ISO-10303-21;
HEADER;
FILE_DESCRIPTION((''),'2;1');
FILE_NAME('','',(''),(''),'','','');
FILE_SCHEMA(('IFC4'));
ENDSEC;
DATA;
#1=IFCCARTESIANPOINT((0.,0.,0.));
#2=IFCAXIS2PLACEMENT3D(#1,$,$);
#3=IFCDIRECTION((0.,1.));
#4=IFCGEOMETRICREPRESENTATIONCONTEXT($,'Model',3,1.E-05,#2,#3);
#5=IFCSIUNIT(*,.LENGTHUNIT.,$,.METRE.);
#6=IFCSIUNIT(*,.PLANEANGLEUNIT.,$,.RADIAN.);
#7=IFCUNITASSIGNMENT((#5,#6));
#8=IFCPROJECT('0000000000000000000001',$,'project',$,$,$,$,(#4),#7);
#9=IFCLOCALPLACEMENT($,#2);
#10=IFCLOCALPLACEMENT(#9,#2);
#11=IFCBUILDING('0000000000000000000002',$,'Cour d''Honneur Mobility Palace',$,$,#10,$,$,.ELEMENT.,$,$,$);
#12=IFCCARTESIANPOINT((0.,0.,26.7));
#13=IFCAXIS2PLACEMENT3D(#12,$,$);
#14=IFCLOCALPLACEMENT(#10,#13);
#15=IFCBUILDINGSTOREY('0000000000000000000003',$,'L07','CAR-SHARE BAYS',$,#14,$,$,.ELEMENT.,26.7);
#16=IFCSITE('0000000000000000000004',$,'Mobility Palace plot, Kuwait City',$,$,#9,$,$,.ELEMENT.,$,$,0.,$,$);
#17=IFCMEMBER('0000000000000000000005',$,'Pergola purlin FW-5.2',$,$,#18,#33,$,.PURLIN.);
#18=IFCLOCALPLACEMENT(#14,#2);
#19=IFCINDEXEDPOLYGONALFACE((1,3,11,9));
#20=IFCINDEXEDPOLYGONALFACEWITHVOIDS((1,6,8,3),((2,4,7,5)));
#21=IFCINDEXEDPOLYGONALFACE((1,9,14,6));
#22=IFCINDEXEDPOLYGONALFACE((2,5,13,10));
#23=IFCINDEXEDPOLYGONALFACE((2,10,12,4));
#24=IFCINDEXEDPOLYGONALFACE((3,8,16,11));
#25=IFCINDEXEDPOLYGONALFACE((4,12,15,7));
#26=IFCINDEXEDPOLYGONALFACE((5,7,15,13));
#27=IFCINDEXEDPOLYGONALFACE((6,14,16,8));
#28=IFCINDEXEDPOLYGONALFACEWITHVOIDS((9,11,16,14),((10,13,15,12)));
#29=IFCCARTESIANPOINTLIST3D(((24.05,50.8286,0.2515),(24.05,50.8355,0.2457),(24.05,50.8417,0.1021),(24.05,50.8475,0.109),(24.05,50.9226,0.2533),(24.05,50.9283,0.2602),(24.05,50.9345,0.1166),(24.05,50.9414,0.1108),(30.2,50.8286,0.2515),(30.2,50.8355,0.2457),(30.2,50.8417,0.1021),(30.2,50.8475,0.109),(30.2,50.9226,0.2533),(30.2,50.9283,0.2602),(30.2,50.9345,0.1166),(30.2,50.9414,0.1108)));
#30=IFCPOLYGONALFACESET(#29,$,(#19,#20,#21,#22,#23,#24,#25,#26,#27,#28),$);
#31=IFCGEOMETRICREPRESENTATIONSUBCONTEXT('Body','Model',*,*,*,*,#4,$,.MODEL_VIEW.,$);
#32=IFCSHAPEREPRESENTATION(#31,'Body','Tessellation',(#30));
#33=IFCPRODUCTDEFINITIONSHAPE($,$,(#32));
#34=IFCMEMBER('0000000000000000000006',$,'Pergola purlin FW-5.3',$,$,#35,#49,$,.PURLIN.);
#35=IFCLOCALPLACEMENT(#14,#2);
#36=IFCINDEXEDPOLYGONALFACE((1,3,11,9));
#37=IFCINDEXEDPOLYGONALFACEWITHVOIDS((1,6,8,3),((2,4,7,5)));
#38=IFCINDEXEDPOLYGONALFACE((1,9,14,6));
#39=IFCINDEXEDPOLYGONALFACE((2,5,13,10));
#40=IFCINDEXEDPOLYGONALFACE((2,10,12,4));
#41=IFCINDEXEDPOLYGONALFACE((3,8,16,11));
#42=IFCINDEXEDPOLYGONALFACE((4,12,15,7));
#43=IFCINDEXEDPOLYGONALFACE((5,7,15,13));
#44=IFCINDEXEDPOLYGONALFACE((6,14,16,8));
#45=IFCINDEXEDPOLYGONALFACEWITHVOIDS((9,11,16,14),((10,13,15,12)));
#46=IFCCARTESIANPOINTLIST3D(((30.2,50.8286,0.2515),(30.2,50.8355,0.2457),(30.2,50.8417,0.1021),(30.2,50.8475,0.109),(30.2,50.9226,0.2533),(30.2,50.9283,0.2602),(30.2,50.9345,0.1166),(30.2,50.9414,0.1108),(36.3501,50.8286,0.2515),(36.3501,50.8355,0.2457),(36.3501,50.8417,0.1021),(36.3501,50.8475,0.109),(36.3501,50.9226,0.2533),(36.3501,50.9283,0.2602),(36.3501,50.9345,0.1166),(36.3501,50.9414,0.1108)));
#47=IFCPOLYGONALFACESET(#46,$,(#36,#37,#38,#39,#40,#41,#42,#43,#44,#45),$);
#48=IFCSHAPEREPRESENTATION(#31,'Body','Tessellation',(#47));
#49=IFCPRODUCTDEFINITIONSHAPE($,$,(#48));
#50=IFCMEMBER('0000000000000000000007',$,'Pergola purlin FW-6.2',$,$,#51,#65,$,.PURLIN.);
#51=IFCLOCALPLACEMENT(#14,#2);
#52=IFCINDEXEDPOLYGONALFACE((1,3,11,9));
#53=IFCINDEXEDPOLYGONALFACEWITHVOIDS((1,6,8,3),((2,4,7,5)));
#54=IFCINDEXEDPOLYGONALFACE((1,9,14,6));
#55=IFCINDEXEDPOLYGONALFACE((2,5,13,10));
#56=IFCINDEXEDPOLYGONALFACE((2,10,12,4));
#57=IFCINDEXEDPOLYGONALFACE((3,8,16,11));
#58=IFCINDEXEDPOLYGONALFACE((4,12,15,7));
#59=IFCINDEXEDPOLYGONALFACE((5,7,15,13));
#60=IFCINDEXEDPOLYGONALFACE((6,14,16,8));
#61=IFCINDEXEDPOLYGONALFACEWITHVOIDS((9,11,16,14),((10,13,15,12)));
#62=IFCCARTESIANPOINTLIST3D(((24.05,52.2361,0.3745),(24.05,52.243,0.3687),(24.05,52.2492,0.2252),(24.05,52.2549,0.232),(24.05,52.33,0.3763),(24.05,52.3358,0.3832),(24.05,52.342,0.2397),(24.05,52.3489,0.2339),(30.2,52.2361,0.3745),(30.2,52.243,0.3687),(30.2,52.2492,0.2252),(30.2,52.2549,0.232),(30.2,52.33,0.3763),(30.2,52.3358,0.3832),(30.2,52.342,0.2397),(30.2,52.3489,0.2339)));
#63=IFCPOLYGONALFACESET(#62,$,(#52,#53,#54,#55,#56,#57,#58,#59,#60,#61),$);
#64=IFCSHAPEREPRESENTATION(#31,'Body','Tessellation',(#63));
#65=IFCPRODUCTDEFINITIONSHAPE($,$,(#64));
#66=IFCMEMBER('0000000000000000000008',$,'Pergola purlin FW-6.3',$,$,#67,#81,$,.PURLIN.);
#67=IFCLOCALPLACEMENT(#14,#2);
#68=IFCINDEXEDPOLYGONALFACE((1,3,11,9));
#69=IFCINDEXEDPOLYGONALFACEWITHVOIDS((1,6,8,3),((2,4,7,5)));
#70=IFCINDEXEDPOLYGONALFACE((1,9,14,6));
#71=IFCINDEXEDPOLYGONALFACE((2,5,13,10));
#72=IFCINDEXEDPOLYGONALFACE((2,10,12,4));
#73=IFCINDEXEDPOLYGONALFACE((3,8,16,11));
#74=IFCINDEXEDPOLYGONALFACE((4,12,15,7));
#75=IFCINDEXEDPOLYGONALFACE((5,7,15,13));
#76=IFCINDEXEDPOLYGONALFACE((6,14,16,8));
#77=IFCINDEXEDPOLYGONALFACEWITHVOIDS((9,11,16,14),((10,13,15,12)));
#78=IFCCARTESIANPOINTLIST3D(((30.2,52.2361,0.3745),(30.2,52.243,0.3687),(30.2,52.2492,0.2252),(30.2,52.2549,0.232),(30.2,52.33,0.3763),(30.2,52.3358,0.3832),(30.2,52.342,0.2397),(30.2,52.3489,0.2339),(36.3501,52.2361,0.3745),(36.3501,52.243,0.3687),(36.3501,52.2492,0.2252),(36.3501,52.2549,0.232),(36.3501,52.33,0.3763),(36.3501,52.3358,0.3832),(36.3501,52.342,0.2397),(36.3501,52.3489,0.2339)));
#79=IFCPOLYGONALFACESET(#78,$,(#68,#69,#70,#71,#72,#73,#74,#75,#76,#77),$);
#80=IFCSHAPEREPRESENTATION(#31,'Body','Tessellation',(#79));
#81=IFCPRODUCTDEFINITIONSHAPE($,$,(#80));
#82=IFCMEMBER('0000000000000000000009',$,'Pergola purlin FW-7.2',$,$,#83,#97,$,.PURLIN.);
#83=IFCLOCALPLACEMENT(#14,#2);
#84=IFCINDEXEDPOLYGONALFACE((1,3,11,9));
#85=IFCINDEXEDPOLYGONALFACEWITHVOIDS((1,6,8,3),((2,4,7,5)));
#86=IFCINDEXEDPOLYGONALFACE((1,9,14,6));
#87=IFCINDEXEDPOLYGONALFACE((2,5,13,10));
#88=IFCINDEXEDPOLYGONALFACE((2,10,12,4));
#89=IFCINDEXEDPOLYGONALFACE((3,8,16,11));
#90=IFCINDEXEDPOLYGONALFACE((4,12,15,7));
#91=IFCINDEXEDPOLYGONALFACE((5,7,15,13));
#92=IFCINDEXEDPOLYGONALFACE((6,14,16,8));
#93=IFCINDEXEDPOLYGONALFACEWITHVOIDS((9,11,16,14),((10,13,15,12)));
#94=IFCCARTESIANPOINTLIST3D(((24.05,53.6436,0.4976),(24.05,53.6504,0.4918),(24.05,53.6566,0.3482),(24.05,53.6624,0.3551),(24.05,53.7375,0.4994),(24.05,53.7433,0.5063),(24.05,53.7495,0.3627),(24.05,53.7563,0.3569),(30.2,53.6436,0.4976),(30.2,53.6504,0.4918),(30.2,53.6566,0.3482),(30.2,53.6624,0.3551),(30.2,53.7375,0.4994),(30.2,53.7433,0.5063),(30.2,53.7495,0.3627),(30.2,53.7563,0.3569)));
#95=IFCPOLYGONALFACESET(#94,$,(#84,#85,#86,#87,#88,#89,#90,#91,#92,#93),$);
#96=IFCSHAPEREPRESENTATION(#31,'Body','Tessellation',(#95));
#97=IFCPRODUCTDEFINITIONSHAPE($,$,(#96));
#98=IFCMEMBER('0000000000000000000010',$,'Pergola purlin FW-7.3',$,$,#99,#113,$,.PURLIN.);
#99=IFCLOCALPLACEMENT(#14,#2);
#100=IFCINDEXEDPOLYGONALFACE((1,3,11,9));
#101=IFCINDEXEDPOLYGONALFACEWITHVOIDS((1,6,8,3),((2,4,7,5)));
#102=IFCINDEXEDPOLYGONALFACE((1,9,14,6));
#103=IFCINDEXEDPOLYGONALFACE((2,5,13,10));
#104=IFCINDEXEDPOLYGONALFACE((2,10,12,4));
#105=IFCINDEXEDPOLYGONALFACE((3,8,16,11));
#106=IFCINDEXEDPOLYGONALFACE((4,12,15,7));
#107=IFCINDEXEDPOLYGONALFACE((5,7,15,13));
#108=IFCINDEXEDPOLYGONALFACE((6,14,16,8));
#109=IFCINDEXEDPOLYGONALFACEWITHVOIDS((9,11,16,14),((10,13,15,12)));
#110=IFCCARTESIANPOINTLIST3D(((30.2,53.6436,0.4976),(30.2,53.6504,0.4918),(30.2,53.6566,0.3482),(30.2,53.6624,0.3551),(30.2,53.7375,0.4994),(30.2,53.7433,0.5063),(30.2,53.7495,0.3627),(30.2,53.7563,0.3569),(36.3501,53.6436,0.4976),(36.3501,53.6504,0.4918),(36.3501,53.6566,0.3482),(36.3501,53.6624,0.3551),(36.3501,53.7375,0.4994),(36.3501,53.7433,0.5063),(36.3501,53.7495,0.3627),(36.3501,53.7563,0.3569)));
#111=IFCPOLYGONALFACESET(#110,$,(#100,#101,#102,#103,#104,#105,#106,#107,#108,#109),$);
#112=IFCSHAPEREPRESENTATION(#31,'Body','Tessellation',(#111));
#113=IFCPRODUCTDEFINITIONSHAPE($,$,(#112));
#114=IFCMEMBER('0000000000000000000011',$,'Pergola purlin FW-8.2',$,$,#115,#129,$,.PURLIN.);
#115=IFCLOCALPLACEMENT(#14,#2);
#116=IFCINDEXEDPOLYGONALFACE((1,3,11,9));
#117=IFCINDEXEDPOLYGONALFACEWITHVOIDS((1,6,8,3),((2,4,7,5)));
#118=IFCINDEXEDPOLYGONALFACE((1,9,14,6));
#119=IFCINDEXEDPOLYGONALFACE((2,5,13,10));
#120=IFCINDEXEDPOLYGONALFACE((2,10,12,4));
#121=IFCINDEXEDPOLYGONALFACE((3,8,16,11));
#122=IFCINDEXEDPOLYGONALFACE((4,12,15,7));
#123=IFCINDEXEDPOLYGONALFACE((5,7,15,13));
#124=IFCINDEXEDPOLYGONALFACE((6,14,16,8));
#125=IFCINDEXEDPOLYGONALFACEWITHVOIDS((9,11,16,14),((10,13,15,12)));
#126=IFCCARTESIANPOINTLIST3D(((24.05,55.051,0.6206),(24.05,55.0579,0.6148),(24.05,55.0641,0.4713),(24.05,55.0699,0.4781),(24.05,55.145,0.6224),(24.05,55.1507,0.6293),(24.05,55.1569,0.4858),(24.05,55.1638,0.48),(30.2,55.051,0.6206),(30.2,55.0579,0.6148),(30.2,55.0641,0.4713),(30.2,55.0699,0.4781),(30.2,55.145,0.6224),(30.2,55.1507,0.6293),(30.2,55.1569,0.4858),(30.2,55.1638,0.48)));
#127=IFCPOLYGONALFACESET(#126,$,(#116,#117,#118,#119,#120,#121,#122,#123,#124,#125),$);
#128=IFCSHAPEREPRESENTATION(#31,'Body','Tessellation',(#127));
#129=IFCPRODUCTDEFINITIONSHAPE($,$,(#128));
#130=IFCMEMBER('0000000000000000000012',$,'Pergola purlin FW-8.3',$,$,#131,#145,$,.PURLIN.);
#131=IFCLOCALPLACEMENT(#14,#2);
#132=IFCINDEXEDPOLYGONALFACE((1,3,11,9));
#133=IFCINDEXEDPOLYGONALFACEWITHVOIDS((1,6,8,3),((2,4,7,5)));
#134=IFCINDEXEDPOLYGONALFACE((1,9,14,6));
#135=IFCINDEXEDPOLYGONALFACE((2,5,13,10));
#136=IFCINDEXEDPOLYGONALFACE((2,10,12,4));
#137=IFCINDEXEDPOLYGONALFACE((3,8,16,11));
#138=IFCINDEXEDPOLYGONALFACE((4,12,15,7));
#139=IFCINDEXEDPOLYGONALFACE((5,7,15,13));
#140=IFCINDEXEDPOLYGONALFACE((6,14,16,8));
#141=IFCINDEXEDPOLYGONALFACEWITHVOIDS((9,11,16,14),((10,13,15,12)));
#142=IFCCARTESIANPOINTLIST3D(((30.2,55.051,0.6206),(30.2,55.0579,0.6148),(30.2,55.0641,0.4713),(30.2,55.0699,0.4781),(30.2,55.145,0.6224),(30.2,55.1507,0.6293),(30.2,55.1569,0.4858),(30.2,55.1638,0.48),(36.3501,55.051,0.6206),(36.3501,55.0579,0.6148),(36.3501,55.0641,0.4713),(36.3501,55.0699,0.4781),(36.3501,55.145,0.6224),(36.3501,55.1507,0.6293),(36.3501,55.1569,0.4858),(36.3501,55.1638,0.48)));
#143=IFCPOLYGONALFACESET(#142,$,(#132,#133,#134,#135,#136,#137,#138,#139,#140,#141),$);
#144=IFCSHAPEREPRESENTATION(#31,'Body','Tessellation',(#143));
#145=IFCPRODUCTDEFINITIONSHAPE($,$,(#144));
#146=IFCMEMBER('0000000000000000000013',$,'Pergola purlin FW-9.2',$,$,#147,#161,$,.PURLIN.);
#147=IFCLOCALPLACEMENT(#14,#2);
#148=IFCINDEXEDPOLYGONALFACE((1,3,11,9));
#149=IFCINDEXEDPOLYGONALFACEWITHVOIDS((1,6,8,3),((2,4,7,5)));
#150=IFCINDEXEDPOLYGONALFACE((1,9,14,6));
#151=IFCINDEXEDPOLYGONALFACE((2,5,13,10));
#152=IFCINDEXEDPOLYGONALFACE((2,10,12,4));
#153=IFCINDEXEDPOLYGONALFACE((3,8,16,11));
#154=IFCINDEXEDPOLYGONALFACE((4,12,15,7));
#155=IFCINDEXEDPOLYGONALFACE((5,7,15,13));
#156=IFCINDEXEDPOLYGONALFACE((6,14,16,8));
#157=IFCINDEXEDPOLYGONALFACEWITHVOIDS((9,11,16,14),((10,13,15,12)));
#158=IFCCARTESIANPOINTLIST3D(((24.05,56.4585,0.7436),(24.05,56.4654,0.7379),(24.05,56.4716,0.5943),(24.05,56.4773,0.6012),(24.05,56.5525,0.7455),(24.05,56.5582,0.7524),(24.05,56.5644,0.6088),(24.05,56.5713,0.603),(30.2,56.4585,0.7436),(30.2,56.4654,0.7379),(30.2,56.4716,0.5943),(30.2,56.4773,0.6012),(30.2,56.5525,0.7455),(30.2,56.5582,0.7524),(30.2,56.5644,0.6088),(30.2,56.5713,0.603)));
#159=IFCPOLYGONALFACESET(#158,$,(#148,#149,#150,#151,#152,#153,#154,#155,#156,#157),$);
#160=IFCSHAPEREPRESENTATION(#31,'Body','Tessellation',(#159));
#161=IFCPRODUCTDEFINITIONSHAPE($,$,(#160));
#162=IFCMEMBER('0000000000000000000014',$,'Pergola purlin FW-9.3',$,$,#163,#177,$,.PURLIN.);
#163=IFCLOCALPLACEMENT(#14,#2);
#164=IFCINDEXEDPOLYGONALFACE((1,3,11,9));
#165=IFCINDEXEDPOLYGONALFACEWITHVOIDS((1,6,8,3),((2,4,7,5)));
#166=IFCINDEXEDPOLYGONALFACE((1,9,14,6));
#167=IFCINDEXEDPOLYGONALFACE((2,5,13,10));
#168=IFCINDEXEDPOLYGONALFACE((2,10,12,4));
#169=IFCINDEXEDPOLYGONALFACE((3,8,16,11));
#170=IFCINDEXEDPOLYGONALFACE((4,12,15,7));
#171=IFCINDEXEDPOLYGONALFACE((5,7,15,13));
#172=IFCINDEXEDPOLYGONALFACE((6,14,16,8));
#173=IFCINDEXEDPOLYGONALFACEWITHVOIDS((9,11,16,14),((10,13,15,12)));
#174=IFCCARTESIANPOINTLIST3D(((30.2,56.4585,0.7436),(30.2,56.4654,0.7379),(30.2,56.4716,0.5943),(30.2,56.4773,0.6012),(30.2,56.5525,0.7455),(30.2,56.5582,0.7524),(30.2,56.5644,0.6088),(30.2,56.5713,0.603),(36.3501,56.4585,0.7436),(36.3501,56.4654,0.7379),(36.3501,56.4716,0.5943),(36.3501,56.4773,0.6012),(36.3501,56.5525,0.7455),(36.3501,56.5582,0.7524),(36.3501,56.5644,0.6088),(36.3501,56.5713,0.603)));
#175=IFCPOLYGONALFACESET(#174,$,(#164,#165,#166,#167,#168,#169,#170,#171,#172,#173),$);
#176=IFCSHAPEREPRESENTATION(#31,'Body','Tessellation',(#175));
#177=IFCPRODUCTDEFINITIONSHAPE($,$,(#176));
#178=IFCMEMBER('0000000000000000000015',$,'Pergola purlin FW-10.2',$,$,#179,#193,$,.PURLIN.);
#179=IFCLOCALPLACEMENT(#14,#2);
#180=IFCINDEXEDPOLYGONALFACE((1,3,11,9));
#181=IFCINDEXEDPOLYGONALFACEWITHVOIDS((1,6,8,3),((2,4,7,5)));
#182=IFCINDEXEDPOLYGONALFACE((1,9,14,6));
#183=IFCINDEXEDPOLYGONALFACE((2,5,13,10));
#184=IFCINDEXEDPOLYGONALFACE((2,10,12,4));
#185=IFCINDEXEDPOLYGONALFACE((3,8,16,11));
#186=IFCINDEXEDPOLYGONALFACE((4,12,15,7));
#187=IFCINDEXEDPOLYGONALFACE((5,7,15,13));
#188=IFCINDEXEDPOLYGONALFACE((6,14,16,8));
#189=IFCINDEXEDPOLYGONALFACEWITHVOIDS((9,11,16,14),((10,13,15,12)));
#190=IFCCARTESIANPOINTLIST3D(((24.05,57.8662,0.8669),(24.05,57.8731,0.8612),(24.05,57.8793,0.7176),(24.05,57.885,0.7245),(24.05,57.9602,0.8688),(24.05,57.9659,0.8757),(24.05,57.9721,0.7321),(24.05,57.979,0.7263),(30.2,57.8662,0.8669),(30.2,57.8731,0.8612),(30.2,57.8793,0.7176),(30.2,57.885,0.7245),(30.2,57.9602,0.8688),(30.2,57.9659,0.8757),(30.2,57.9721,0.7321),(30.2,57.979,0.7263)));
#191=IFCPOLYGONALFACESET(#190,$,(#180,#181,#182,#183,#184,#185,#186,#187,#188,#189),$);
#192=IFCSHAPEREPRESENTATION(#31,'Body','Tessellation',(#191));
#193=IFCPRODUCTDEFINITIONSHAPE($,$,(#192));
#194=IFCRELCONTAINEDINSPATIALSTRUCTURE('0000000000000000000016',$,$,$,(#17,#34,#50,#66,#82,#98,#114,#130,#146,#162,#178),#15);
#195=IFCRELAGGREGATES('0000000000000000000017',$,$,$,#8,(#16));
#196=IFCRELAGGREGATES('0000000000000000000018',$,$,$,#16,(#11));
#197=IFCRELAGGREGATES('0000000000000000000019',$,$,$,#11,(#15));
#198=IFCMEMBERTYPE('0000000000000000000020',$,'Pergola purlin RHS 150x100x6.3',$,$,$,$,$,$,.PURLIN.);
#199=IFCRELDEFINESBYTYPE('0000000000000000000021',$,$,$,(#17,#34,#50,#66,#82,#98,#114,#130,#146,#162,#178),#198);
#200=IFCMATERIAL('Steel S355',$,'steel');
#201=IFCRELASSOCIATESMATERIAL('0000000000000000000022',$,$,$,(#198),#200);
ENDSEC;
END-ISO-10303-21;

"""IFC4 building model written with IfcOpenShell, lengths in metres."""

from ifc_helpers import new_model, si_unit, direction, frame, origin, origin_2d, place, context, subcontext, project, spatial, hollow_rectangle, extrude, material, material_profile, profile_set, type_object, element, save


model = new_model("IFC4")

# Units and contexts
model_context = context("Model", 3, precision=1e-05, world=origin(), true_north=direction((0.0, 1.0)))
body_context = subcontext(model_context, "Body", "Model", "MODEL_VIEW")
ifc_project = project(units=[si_unit("LENGTHUNIT", "METRE"), si_unit("PLANEANGLEUNIT", "RADIAN")], contexts=[model_context])

# Site, building, storey
site_placement = place(None, origin())
site = spatial("IfcSite", under=ifc_project, at=site_placement, Name="Mobility Palace plot, Kuwait City", CompositionType="ELEMENT", RefElevation=0.0)
building_placement = place(site_placement, origin())
building = spatial("IfcBuilding", under=site, at=building_placement, Name="Cour d'Honneur Mobility Palace", CompositionType="ELEMENT")
storey_placement = place(building_placement, frame((0.0, 0.0, 26.7)))
storey = spatial("IfcBuildingStorey", under=building, at=storey_placement, Name="L07", Description="CAR-SHARE BAYS", CompositionType="ELEMENT", Elevation=26.7)

# Members
ifc_material_1 = material(Name="Steel S355", Category="steel")
ifc_material_profile = material_profile(ifc_material_1, hollow_rectangle(XDim=0.1001, YDim=0.1499, WallThickness=0.0063, at=origin_2d()), Name="RHS 150x100x6.3")
ifc_profile_set = profile_set([ifc_material_profile], Name="Steel S355")
member_type = type_object("IfcMemberType", Name="Pergola purlin RHS 150x100x6.3", PredefinedType="PURLIN", material=ifc_profile_set)
member_1_placement = place(storey_placement, frame((24.05, 50.885, 0.1812), z_axis=(1.0, 0.0, 0.0), x_axis=(0.0, 0.996197, 0.087131)))
element("IfcMember", 1, at=member_1_placement, inside=storey, type_object=member_type, Name="Pergola purlin FW-5.2", PredefinedType="PURLIN", context=body_context, shape_type="SweptSolid", body=[
    extrude(hollow_rectangle(XDim=0.1001, YDim=0.1499, WallThickness=0.0063, at=origin_2d()), origin(), (0.0, 0.0, 1.0), 6.1499),
])
member_2_placement = place(storey_placement, frame((30.2, 50.885, 0.1812), z_axis=(1.0, 0.0, 0.0), x_axis=(0.0, 0.996197, 0.087131)))
element("IfcMember", 2, at=member_2_placement, inside=storey, type_object=member_type, Name="Pergola purlin FW-5.3", PredefinedType="PURLIN", context=body_context, shape_type="SweptSolid", body=[
    extrude(hollow_rectangle(XDim=0.1001, YDim=0.1499, WallThickness=0.0063, at=origin_2d()), origin(), (0.0, 0.0, 1.0), 6.1501),
])
member_3_placement = place(storey_placement, frame((24.05, 52.2925, 0.3042), z_axis=(1.0, 0.0, 0.0), x_axis=(0.0, 0.996197, 0.087131)))
element("IfcMember", 3, at=member_3_placement, inside=storey, type_object=member_type, Name="Pergola purlin FW-6.2", PredefinedType="PURLIN", context=body_context, shape_type="SweptSolid", body=[
    extrude(hollow_rectangle(XDim=0.1001, YDim=0.1499, WallThickness=0.0063, at=origin_2d()), origin(), (0.0, 0.0, 1.0), 6.1499),
])
member_4_placement = place(storey_placement, frame((30.2, 52.2925, 0.3042), z_axis=(1.0, 0.0, 0.0), x_axis=(0.0, 0.996197, 0.087131)))
element("IfcMember", 4, at=member_4_placement, inside=storey, type_object=member_type, Name="Pergola purlin FW-6.3", PredefinedType="PURLIN", context=body_context, shape_type="SweptSolid", body=[
    extrude(hollow_rectangle(XDim=0.1001, YDim=0.1499, WallThickness=0.0063, at=origin_2d()), origin(), (0.0, 0.0, 1.0), 6.1501),
])
member_5_placement = place(storey_placement, frame((24.05, 53.7, 0.4272), z_axis=(1.0, 0.0, 0.0), x_axis=(0.0, 0.996197, 0.087131)))
element("IfcMember", 5, at=member_5_placement, inside=storey, type_object=member_type, Name="Pergola purlin FW-7.2", PredefinedType="PURLIN", context=body_context, shape_type="SweptSolid", body=[
    extrude(hollow_rectangle(XDim=0.1001, YDim=0.1499, WallThickness=0.0063, at=origin_2d()), origin(), (0.0, 0.0, 1.0), 6.1499),
])
member_6_placement = place(storey_placement, frame((30.2, 53.7, 0.4272), z_axis=(1.0, 0.0, 0.0), x_axis=(0.0, 0.996197, 0.087131)))
element("IfcMember", 6, at=member_6_placement, inside=storey, type_object=member_type, Name="Pergola purlin FW-7.3", PredefinedType="PURLIN", context=body_context, shape_type="SweptSolid", body=[
    extrude(hollow_rectangle(XDim=0.1001, YDim=0.1499, WallThickness=0.0063, at=origin_2d()), origin(), (0.0, 0.0, 1.0), 6.1501),
])
member_7_placement = place(storey_placement, frame((24.05, 55.1074, 0.5503), z_axis=(1.0, 0.0, 0.0), x_axis=(0.0, 0.996197, 0.087131)))
element("IfcMember", 7, at=member_7_placement, inside=storey, type_object=member_type, Name="Pergola purlin FW-8.2", PredefinedType="PURLIN", context=body_context, shape_type="SweptSolid", body=[
    extrude(hollow_rectangle(XDim=0.1001, YDim=0.1499, WallThickness=0.0063, at=origin_2d()), origin(), (0.0, 0.0, 1.0), 6.1499),
])
member_8_placement = place(storey_placement, frame((30.2, 55.1074, 0.5503), z_axis=(1.0, 0.0, 0.0), x_axis=(0.0, 0.996197, 0.087131)))
element("IfcMember", 8, at=member_8_placement, inside=storey, type_object=member_type, Name="Pergola purlin FW-8.3", PredefinedType="PURLIN", context=body_context, shape_type="SweptSolid", body=[
    extrude(hollow_rectangle(XDim=0.1001, YDim=0.1499, WallThickness=0.0063, at=origin_2d()), origin(), (0.0, 0.0, 1.0), 6.1501),
])
member_9_placement = place(storey_placement, frame((24.05, 56.5149, 0.6733), z_axis=(1.0, 0.0, 0.0), x_axis=(0.0, 0.996197, 0.087131)))
element("IfcMember", 9, at=member_9_placement, inside=storey, type_object=member_type, Name="Pergola purlin FW-9.2", PredefinedType="PURLIN", context=body_context, shape_type="SweptSolid", body=[
    extrude(hollow_rectangle(XDim=0.1001, YDim=0.1499, WallThickness=0.0063, at=origin_2d()), origin(), (0.0, 0.0, 1.0), 6.1499),
])
member_10_placement = place(storey_placement, frame((30.2, 56.5149, 0.6733), z_axis=(1.0, 0.0, 0.0), x_axis=(0.0, 0.996197, 0.087131)))
element("IfcMember", 10, at=member_10_placement, inside=storey, type_object=member_type, Name="Pergola purlin FW-9.3", PredefinedType="PURLIN", context=body_context, shape_type="SweptSolid", body=[
    extrude(hollow_rectangle(XDim=0.1001, YDim=0.1499, WallThickness=0.0063, at=origin_2d()), origin(), (0.0, 0.0, 1.0), 6.1501),
])
member_11_placement = place(storey_placement, frame((24.05, 57.9226, 0.7966), z_axis=(1.0, 0.0, 0.0), x_axis=(0.0, 0.996197, 0.087131)))
element("IfcMember", 11, at=member_11_placement, inside=storey, type_object=member_type, Name="Pergola purlin FW-10.2", PredefinedType="PURLIN", context=body_context, shape_type="SweptSolid", body=[
    extrude(hollow_rectangle(XDim=0.1001, YDim=0.1499, WallThickness=0.0063, at=origin_2d()), origin(), (0.0, 0.0, 1.0), 6.1499),
])

save(model, "model.ifc")
